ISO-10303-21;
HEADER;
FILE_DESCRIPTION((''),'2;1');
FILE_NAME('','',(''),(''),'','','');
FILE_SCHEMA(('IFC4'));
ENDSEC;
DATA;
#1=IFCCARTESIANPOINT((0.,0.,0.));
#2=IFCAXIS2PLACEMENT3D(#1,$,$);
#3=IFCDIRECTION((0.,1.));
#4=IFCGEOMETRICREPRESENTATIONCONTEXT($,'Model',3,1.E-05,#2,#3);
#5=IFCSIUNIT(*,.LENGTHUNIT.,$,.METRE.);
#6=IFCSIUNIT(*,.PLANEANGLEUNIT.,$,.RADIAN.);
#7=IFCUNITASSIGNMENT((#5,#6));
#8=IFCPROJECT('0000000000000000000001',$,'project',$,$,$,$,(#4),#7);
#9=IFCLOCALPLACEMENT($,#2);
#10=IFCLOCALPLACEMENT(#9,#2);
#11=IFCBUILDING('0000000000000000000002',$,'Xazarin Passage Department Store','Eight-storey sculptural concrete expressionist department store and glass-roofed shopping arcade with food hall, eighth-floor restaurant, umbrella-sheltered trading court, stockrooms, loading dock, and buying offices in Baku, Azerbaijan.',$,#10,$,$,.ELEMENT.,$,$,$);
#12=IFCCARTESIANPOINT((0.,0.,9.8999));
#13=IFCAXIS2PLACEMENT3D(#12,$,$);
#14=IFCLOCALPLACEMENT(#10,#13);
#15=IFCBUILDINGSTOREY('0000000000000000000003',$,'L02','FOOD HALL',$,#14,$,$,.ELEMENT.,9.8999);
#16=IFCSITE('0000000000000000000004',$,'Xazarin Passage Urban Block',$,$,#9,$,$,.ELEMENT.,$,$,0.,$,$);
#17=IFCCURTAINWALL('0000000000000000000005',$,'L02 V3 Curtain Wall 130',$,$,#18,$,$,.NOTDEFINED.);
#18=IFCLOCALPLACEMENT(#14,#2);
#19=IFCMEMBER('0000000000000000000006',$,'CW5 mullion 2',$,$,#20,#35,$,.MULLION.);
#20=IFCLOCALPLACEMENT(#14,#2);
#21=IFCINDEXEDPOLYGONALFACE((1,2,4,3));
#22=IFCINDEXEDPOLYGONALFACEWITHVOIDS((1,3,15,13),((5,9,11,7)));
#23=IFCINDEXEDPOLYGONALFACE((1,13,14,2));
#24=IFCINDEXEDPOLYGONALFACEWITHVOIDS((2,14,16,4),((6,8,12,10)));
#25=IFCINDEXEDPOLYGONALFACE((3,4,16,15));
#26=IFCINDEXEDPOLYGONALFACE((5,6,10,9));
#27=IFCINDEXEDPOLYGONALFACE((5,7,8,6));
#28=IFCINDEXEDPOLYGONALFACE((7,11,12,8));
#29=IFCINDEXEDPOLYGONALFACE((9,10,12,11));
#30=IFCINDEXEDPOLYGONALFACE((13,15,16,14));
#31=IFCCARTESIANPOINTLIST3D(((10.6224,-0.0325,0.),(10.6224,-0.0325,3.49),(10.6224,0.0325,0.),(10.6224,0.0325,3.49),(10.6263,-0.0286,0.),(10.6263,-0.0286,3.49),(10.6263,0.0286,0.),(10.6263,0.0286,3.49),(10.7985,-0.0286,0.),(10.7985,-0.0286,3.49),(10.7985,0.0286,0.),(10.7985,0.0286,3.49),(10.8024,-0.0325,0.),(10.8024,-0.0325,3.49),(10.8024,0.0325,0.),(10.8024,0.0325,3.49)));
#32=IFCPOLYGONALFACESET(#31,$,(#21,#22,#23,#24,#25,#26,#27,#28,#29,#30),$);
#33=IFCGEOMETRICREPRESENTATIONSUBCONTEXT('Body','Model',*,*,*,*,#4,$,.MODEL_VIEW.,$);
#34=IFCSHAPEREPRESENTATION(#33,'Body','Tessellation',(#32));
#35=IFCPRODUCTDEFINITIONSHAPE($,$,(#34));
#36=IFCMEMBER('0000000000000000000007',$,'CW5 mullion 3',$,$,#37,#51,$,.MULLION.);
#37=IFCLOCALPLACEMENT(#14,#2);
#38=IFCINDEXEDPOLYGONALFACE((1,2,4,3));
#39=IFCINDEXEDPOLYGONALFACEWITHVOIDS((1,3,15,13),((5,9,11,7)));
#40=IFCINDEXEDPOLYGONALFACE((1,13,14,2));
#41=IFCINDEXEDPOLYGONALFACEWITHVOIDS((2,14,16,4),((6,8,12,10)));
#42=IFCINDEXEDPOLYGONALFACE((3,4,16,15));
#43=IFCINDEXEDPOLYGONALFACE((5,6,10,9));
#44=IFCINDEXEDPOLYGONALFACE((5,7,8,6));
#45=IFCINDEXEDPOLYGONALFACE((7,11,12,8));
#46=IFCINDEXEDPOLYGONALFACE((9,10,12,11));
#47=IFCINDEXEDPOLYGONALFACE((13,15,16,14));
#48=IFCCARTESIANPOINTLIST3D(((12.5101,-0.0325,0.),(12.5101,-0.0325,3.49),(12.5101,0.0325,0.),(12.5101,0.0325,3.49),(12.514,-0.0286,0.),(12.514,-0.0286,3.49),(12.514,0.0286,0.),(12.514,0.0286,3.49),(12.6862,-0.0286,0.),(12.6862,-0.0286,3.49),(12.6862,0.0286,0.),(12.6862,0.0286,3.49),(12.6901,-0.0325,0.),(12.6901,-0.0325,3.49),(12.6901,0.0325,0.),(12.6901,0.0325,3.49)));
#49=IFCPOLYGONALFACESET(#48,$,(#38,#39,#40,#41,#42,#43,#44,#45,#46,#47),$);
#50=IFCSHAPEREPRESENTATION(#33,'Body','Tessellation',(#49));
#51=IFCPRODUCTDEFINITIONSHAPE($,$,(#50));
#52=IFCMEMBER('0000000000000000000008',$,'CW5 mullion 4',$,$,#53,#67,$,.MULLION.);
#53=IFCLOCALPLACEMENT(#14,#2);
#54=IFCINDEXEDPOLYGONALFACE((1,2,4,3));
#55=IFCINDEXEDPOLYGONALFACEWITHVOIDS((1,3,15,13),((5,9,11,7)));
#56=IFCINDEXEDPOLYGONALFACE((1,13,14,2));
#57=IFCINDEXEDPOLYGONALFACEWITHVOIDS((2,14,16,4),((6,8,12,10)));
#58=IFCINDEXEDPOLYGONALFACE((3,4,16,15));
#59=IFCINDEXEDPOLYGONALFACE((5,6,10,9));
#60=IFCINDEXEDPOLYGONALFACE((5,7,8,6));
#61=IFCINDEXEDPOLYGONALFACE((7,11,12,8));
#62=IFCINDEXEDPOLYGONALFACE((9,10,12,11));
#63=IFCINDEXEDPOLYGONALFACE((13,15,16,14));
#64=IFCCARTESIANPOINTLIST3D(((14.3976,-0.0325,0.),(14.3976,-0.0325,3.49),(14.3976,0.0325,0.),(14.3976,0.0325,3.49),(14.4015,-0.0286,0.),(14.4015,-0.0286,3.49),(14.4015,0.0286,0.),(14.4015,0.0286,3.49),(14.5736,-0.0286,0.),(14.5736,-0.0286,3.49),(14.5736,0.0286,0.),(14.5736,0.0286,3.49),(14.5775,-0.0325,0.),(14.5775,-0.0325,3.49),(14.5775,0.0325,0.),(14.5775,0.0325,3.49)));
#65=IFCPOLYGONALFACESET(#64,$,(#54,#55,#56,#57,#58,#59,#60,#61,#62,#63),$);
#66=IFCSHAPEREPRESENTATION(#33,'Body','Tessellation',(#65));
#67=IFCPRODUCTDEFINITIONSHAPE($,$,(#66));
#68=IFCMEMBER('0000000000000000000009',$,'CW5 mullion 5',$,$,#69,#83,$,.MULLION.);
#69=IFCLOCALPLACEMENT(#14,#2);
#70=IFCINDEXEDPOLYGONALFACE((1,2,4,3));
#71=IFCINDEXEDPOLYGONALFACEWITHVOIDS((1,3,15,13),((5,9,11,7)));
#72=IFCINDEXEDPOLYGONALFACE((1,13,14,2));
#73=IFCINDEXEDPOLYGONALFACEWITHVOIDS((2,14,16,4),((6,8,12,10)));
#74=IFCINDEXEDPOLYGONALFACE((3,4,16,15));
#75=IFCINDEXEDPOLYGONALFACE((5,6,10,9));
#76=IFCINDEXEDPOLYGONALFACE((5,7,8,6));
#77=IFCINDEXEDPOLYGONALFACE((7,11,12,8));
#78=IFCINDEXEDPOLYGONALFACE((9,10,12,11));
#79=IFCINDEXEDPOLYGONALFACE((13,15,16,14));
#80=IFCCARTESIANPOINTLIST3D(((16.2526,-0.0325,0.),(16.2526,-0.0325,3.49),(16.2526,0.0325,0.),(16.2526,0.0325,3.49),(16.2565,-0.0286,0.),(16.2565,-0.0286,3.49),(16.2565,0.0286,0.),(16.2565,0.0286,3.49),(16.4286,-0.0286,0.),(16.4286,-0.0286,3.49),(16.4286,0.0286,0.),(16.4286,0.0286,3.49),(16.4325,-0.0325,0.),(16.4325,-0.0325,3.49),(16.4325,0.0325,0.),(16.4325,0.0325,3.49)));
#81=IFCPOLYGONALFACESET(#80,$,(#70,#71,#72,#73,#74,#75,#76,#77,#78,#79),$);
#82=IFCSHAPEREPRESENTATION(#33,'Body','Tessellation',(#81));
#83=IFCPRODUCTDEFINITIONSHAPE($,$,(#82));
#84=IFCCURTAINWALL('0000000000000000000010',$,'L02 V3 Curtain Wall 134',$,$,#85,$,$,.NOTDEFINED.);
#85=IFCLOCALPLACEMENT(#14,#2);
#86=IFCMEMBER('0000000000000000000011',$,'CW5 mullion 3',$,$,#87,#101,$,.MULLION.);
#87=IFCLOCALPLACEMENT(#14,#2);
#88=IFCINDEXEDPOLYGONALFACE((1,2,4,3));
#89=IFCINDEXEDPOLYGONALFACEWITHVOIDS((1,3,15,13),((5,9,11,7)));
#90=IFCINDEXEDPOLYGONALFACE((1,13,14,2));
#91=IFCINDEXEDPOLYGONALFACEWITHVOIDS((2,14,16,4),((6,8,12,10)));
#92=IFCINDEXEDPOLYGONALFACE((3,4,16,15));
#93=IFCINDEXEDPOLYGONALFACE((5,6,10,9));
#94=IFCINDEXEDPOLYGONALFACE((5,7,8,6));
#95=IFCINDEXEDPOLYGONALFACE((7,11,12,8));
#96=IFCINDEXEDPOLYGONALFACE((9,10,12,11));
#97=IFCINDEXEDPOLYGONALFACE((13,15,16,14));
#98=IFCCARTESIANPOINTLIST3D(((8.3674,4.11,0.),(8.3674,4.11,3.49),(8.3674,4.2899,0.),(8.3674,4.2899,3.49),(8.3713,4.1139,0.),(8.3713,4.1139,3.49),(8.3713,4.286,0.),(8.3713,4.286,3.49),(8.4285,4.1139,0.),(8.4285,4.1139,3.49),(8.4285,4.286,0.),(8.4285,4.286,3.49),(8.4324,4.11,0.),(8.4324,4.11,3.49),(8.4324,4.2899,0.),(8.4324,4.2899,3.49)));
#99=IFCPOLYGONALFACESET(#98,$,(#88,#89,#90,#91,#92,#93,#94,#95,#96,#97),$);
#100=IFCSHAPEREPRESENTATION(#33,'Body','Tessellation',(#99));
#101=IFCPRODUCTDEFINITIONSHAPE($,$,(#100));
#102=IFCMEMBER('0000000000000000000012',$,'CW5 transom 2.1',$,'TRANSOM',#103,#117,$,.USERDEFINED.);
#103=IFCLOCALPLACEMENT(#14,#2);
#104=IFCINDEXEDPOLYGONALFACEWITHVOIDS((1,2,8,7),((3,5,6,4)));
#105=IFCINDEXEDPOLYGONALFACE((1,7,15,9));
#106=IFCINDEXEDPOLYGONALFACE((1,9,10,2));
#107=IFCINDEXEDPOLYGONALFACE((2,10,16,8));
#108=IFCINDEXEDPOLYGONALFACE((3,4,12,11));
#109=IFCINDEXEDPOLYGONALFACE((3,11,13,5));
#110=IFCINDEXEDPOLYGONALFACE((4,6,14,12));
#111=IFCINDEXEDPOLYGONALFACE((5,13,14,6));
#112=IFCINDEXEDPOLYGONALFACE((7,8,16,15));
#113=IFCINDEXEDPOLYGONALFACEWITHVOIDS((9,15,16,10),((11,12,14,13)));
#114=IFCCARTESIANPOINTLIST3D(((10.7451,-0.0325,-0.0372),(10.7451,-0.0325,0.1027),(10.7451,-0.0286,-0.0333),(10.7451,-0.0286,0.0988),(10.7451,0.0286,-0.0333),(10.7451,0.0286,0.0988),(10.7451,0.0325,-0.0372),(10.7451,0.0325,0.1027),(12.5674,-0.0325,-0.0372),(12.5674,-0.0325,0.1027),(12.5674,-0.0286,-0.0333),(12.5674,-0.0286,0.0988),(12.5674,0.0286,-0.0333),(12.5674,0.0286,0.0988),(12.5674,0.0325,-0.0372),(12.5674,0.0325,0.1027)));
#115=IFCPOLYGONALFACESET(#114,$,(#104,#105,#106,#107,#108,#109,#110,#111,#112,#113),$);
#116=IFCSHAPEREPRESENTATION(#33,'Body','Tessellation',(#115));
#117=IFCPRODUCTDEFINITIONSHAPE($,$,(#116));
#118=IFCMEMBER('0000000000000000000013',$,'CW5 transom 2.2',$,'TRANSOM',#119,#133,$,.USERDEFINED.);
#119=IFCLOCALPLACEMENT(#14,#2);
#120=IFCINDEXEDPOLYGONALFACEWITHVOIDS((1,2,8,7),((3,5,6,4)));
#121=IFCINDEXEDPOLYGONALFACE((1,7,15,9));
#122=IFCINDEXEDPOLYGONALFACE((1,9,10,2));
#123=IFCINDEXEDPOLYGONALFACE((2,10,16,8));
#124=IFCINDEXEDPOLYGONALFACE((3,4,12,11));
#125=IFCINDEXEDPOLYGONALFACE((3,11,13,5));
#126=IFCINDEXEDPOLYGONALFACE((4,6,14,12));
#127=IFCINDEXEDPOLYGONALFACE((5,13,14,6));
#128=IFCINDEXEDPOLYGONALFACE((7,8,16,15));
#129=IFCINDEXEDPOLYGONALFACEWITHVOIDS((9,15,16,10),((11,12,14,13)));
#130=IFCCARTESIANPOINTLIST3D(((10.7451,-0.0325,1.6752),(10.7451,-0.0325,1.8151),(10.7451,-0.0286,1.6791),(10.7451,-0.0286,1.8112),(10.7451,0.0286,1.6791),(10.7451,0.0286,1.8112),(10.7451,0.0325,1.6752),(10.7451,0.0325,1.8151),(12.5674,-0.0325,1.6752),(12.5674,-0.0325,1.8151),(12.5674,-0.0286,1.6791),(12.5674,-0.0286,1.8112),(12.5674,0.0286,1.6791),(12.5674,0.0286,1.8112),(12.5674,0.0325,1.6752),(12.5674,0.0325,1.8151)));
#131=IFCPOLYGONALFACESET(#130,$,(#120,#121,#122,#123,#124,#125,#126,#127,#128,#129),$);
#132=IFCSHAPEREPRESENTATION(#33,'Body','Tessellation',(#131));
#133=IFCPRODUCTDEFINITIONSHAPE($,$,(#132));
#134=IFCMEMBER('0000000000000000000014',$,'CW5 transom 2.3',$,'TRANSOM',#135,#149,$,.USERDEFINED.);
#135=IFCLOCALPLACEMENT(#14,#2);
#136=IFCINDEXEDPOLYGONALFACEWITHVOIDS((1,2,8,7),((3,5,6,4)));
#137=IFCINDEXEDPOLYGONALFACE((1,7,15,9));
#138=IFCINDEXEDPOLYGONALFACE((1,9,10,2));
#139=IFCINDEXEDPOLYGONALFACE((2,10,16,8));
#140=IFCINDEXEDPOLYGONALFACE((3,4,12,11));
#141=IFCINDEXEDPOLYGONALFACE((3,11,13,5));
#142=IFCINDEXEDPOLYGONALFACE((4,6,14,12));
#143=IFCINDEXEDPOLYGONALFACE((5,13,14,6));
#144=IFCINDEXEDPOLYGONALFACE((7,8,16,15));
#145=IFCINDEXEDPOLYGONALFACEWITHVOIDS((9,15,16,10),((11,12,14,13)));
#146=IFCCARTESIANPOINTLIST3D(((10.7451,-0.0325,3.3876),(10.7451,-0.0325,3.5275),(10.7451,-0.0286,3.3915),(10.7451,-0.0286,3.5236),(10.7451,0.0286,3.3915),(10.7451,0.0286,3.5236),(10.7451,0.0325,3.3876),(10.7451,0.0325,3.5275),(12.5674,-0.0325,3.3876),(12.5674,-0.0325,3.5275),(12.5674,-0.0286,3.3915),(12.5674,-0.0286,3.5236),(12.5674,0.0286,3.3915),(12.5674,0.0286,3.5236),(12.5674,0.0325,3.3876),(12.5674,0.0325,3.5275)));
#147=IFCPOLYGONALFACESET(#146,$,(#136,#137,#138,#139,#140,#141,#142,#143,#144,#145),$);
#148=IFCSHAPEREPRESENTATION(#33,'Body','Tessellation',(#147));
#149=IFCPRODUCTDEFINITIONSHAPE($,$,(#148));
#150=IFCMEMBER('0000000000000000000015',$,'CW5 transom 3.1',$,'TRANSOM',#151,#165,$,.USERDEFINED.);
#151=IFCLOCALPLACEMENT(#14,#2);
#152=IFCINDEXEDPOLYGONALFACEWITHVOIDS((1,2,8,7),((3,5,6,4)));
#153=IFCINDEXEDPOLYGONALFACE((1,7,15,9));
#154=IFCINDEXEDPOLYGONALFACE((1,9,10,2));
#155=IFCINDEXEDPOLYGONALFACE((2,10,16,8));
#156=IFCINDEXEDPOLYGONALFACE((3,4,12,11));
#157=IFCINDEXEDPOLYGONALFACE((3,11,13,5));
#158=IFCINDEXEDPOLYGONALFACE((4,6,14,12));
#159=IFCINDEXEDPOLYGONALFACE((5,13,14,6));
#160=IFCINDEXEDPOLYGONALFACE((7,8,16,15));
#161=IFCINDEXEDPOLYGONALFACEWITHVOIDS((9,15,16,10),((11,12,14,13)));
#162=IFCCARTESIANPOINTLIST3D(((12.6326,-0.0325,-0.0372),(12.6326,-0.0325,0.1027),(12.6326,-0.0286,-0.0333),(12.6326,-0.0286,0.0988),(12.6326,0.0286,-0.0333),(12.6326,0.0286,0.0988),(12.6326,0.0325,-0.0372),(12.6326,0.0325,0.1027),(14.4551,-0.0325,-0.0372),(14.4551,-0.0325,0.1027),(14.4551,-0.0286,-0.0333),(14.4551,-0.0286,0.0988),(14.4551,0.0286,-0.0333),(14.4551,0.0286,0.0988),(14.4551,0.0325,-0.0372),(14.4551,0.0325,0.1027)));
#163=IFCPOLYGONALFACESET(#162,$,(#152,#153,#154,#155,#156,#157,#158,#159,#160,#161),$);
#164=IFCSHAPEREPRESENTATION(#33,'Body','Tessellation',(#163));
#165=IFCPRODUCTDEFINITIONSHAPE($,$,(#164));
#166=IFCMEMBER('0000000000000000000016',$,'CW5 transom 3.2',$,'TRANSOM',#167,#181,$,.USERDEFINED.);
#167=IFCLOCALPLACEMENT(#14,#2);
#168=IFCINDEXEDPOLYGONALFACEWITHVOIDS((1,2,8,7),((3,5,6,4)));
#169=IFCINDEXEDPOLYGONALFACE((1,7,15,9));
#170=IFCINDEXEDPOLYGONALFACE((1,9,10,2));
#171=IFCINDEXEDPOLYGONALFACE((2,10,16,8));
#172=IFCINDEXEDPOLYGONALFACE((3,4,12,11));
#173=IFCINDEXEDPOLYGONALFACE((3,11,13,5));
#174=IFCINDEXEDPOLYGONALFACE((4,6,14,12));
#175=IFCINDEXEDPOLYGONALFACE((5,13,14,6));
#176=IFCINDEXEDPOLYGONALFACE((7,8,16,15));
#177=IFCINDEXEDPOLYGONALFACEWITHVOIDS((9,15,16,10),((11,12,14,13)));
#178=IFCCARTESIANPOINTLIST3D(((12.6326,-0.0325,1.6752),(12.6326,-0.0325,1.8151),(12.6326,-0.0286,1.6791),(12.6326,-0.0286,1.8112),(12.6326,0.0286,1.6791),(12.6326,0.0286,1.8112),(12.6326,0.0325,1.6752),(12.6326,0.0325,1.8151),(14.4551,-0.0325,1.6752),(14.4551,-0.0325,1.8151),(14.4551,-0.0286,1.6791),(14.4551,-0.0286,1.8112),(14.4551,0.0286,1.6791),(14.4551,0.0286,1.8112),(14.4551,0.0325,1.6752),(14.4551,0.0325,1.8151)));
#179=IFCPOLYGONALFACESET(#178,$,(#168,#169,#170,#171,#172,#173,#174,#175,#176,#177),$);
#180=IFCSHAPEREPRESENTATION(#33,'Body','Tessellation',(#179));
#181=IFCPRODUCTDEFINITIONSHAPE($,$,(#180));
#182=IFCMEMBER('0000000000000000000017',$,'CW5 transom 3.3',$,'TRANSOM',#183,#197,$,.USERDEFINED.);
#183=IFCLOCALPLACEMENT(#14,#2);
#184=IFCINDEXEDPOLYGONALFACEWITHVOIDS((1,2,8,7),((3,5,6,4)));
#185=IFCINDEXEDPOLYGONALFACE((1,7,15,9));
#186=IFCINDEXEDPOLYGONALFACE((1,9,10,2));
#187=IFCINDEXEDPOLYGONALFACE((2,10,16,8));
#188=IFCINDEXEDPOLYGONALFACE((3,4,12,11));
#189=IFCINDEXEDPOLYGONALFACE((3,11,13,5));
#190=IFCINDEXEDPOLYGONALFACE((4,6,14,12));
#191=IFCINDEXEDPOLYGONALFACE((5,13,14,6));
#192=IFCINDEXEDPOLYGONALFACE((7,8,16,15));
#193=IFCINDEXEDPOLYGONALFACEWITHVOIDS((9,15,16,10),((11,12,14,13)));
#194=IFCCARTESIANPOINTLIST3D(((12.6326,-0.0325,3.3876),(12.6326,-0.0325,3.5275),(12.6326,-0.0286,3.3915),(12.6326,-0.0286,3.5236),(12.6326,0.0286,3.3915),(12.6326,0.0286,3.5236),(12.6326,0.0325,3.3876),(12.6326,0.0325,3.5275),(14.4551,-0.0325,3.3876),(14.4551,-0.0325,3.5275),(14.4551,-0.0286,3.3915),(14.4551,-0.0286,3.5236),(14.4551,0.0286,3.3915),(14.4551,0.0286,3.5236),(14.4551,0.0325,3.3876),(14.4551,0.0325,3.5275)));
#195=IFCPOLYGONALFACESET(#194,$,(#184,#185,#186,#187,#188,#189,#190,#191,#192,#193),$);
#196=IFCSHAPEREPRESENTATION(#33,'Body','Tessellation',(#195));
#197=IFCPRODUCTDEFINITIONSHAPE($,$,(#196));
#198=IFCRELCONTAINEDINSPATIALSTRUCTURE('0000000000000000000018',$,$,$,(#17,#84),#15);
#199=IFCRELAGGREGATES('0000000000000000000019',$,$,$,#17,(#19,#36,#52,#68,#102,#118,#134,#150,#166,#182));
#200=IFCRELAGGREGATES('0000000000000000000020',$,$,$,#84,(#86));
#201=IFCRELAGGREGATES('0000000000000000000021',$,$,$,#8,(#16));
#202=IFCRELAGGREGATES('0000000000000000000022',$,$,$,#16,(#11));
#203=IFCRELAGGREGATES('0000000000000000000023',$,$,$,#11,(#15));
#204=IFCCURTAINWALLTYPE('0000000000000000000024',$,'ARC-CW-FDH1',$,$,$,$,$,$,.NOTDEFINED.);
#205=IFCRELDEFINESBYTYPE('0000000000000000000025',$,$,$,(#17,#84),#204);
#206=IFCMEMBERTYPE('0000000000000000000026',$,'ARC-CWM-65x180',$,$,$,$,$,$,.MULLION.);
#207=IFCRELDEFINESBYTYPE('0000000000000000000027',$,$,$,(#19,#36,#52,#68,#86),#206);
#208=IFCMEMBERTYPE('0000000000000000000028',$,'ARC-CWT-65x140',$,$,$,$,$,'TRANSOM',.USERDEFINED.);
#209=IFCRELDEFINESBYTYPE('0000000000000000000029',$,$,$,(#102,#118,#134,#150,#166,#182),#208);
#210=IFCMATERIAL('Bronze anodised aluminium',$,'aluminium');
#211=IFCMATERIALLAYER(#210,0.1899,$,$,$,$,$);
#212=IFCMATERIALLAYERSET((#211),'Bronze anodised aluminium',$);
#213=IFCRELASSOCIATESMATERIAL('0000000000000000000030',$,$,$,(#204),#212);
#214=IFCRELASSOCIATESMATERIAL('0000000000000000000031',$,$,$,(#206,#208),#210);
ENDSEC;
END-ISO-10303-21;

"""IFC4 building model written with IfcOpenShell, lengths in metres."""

from ifc_helpers import new_model, si_unit, direction, frame, origin, origin_2d, place, context, subcontext, project, spatial, hollow_rectangle, extrude, material, layer, layer_set, material_profile, profile_set, type_object, element, aggregate, save


model = new_model("IFC4")

# Units and contexts
model_context = context("Model", 3, precision=1e-05, world=origin(), true_north=direction((0.0, 1.0)))
body_context = subcontext(model_context, "Body", "Model", "MODEL_VIEW")
ifc_project = project(units=[si_unit("LENGTHUNIT", "METRE"), si_unit("PLANEANGLEUNIT", "RADIAN")], contexts=[model_context])

# Site, building, storey
site_placement = place(None, origin())
site = spatial("IfcSite", under=ifc_project, at=site_placement, Name="Xazarin Passage Urban Block", CompositionType="ELEMENT", RefElevation=0.0)
building_placement = place(site_placement, origin())
building = spatial("IfcBuilding", under=site, at=building_placement, Name="Xazarin Passage Department Store", Description="Eight-storey sculptural concrete expressionist department store and glass-roofed shopping arcade with food hall, eighth-floor restaurant, umbrella-sheltered trading court, stockrooms, loading dock, and buying offices in Baku, Azerbaijan.", CompositionType="ELEMENT")
storey_placement = place(building_placement, frame((0.0, 0.0, 9.8999)))
storey = spatial("IfcBuildingStorey", under=building, at=storey_placement, Name="L02", Description="FOOD HALL", CompositionType="ELEMENT", Elevation=9.8999)

# Curtain wall, members
ifc_material_1 = material(Name="Bronze anodised aluminium", Category="aluminium")
ifc_layer_1 = layer(ifc_material_1, 0.1899)
ifc_layer_set_1 = layer_set([ifc_layer_1], Name="Bronze anodised aluminium")
curtain_wall_type = type_object("IfcCurtainWallType", Name="ARC-CW-FDH1", PredefinedType="NOTDEFINED", material=ifc_layer_set_1)
curtain_wall_1_placement = place(storey_placement, origin())
curtain_wall_1 = element("IfcCurtainWall", 1, at=curtain_wall_1_placement, inside=storey, type_object=curtain_wall_type, Name="L02 V3 Curtain Wall 130", PredefinedType="NOTDEFINED")
ifc_material_profile_1 = material_profile(ifc_material_1, hollow_rectangle(XDim=0.0649, YDim=0.1799, WallThickness=0.0039, at=origin_2d()), Name="ALU 65x180")
ifc_profile_set_1 = profile_set([ifc_material_profile_1], Name="Bronze anodised aluminium")
member_type_1 = type_object("IfcMemberType", Name="ARC-CWM-65x180", PredefinedType="MULLION", material=ifc_profile_set_1)
member_1_placement = place(storey_placement, frame((10.7124, 0.0, 0.0), z_axis=(0.0, 0.0, 1.0), x_axis=(0.0, 1.0, 0.0)))
member_1 = element("IfcMember", 2, at=member_1_placement, type_object=member_type_1, Name="CW5 mullion 2", PredefinedType="MULLION", context=body_context, shape_type="SweptSolid", body=[
    extrude(hollow_rectangle(XDim=0.0649, YDim=0.1799, WallThickness=0.0039, at=origin_2d()), origin(), (0.0, 0.0, 1.0), 3.49),
])
member_2_placement = place(storey_placement, frame((12.6001, 0.0, 0.0), z_axis=(0.0, 0.0, 1.0), x_axis=(0.0, 1.0, 0.0)))
member_2 = element("IfcMember", 3, at=member_2_placement, type_object=member_type_1, Name="CW5 mullion 3", PredefinedType="MULLION", context=body_context, shape_type="SweptSolid", body=[
    extrude(hollow_rectangle(XDim=0.0649, YDim=0.1799, WallThickness=0.0039, at=origin_2d()), origin(), (0.0, 0.0, 1.0), 3.49),
])
member_3_placement = place(storey_placement, frame((14.4875, 0.0, 0.0), z_axis=(0.0, 0.0, 1.0), x_axis=(0.0, 1.0, 0.0)))
member_3 = element("IfcMember", 4, at=member_3_placement, type_object=member_type_1, Name="CW5 mullion 4", PredefinedType="MULLION", context=body_context, shape_type="SweptSolid", body=[
    extrude(hollow_rectangle(XDim=0.0649, YDim=0.1799, WallThickness=0.0039, at=origin_2d()), origin(), (0.0, 0.0, 1.0), 3.49),
])
member_4_placement = place(storey_placement, frame((16.3425, 0.0, 0.0), z_axis=(0.0, 0.0, 1.0), x_axis=(0.0, 1.0, 0.0)))
member_4 = element("IfcMember", 5, at=member_4_placement, type_object=member_type_1, Name="CW5 mullion 5", PredefinedType="MULLION", context=body_context, shape_type="SweptSolid", body=[
    extrude(hollow_rectangle(XDim=0.0649, YDim=0.1799, WallThickness=0.0039, at=origin_2d()), origin(), (0.0, 0.0, 1.0), 3.49),
])

# Curtain wall, member
curtain_wall_2_placement = place(storey_placement, origin())
curtain_wall_2 = element("IfcCurtainWall", 6, at=curtain_wall_2_placement, inside=storey, type_object=curtain_wall_type, Name="L02 V3 Curtain Wall 134", PredefinedType="NOTDEFINED")
member_5_placement = place(storey_placement, frame((8.3999, 4.2, 0.0), z_axis=(0.0, 0.0, 1.0), x_axis=(-1.0, 0.0, 0.0)))
member_5 = element("IfcMember", 7, at=member_5_placement, type_object=member_type_1, Name="CW5 mullion 3", PredefinedType="MULLION", context=body_context, shape_type="SweptSolid", body=[
    extrude(hollow_rectangle(XDim=0.0649, YDim=0.1799, WallThickness=0.0039, at=origin_2d()), origin(), (0.0, 0.0, 1.0), 3.49),
])

# Members
ifc_material_profile_2 = material_profile(ifc_material_1, hollow_rectangle(XDim=0.0649, YDim=0.1399, WallThickness=0.0039, at=origin_2d()), Name="ALU 65x140")
ifc_profile_set_2 = profile_set([ifc_material_profile_2], Name="Bronze anodised aluminium")
member_type_2 = type_object("IfcMemberType", Name="ARC-CWT-65x140", ElementType="TRANSOM", PredefinedType="USERDEFINED", material=ifc_profile_set_2)
member_6_placement = place(storey_placement, frame((10.7451, 0.0, 0.0327), z_axis=(1.0, 0.0, 0.0), x_axis=(0.0, 1.0, 0.0)))
member_6 = element("IfcMember", 8, at=member_6_placement, type_object=member_type_2, Name="CW5 transom 2.1", ObjectType="TRANSOM", PredefinedType="USERDEFINED", context=body_context, shape_type="SweptSolid", body=[
    extrude(hollow_rectangle(XDim=0.0649, YDim=0.1399, WallThickness=0.0039, at=origin_2d()), origin(), (0.0, 0.0, 1.0), 1.8223),
])
member_7_placement = place(storey_placement, frame((10.7451, 0.0, 1.7451), z_axis=(1.0, 0.0, 0.0), x_axis=(0.0, 1.0, 0.0)))
member_7 = element("IfcMember", 9, at=member_7_placement, type_object=member_type_2, Name="CW5 transom 2.2", ObjectType="TRANSOM", PredefinedType="USERDEFINED", context=body_context, shape_type="SweptSolid", body=[
    extrude(hollow_rectangle(XDim=0.0649, YDim=0.1399, WallThickness=0.0039, at=origin_2d()), origin(), (0.0, 0.0, 1.0), 1.8223),
])
member_8_placement = place(storey_placement, frame((10.7451, 0.0, 3.4575), z_axis=(1.0, 0.0, 0.0), x_axis=(0.0, 1.0, 0.0)))
member_8 = element("IfcMember", 10, at=member_8_placement, type_object=member_type_2, Name="CW5 transom 2.3", ObjectType="TRANSOM", PredefinedType="USERDEFINED", context=body_context, shape_type="SweptSolid", body=[
    extrude(hollow_rectangle(XDim=0.0649, YDim=0.1399, WallThickness=0.0039, at=origin_2d()), origin(), (0.0, 0.0, 1.0), 1.8223),
])
member_9_placement = place(storey_placement, frame((12.6326, 0.0, 0.0327), z_axis=(1.0, 0.0, 0.0), x_axis=(0.0, 1.0, 0.0)))
member_9 = element("IfcMember", 11, at=member_9_placement, type_object=member_type_2, Name="CW5 transom 3.1", ObjectType="TRANSOM", PredefinedType="USERDEFINED", context=body_context, shape_type="SweptSolid", body=[
    extrude(hollow_rectangle(XDim=0.0649, YDim=0.1399, WallThickness=0.0039, at=origin_2d()), origin(), (0.0, 0.0, 1.0), 1.8225),
])
member_10_placement = place(storey_placement, frame((12.6326, 0.0, 1.7451), z_axis=(1.0, 0.0, 0.0), x_axis=(0.0, 1.0, 0.0)))
member_10 = element("IfcMember", 12, at=member_10_placement, type_object=member_type_2, Name="CW5 transom 3.2", ObjectType="TRANSOM", PredefinedType="USERDEFINED", context=body_context, shape_type="SweptSolid", body=[
    extrude(hollow_rectangle(XDim=0.0649, YDim=0.1399, WallThickness=0.0039, at=origin_2d()), origin(), (0.0, 0.0, 1.0), 1.8225),
])
member_11_placement = place(storey_placement, frame((12.6326, 0.0, 3.4575), z_axis=(1.0, 0.0, 0.0), x_axis=(0.0, 1.0, 0.0)))
member_11 = element("IfcMember", 13, at=member_11_placement, type_object=member_type_2, Name="CW5 transom 3.3", ObjectType="TRANSOM", PredefinedType="USERDEFINED", context=body_context, shape_type="SweptSolid", body=[
    extrude(hollow_rectangle(XDim=0.0649, YDim=0.1399, WallThickness=0.0039, at=origin_2d()), origin(), (0.0, 0.0, 1.0), 1.8225),
])

aggregate(curtain_wall_1, [member_1, member_2, member_3, member_4, member_6, member_7, member_8, member_9, member_10, member_11])
aggregate(curtain_wall_2, [member_5])

save(model, "model.ifc")
